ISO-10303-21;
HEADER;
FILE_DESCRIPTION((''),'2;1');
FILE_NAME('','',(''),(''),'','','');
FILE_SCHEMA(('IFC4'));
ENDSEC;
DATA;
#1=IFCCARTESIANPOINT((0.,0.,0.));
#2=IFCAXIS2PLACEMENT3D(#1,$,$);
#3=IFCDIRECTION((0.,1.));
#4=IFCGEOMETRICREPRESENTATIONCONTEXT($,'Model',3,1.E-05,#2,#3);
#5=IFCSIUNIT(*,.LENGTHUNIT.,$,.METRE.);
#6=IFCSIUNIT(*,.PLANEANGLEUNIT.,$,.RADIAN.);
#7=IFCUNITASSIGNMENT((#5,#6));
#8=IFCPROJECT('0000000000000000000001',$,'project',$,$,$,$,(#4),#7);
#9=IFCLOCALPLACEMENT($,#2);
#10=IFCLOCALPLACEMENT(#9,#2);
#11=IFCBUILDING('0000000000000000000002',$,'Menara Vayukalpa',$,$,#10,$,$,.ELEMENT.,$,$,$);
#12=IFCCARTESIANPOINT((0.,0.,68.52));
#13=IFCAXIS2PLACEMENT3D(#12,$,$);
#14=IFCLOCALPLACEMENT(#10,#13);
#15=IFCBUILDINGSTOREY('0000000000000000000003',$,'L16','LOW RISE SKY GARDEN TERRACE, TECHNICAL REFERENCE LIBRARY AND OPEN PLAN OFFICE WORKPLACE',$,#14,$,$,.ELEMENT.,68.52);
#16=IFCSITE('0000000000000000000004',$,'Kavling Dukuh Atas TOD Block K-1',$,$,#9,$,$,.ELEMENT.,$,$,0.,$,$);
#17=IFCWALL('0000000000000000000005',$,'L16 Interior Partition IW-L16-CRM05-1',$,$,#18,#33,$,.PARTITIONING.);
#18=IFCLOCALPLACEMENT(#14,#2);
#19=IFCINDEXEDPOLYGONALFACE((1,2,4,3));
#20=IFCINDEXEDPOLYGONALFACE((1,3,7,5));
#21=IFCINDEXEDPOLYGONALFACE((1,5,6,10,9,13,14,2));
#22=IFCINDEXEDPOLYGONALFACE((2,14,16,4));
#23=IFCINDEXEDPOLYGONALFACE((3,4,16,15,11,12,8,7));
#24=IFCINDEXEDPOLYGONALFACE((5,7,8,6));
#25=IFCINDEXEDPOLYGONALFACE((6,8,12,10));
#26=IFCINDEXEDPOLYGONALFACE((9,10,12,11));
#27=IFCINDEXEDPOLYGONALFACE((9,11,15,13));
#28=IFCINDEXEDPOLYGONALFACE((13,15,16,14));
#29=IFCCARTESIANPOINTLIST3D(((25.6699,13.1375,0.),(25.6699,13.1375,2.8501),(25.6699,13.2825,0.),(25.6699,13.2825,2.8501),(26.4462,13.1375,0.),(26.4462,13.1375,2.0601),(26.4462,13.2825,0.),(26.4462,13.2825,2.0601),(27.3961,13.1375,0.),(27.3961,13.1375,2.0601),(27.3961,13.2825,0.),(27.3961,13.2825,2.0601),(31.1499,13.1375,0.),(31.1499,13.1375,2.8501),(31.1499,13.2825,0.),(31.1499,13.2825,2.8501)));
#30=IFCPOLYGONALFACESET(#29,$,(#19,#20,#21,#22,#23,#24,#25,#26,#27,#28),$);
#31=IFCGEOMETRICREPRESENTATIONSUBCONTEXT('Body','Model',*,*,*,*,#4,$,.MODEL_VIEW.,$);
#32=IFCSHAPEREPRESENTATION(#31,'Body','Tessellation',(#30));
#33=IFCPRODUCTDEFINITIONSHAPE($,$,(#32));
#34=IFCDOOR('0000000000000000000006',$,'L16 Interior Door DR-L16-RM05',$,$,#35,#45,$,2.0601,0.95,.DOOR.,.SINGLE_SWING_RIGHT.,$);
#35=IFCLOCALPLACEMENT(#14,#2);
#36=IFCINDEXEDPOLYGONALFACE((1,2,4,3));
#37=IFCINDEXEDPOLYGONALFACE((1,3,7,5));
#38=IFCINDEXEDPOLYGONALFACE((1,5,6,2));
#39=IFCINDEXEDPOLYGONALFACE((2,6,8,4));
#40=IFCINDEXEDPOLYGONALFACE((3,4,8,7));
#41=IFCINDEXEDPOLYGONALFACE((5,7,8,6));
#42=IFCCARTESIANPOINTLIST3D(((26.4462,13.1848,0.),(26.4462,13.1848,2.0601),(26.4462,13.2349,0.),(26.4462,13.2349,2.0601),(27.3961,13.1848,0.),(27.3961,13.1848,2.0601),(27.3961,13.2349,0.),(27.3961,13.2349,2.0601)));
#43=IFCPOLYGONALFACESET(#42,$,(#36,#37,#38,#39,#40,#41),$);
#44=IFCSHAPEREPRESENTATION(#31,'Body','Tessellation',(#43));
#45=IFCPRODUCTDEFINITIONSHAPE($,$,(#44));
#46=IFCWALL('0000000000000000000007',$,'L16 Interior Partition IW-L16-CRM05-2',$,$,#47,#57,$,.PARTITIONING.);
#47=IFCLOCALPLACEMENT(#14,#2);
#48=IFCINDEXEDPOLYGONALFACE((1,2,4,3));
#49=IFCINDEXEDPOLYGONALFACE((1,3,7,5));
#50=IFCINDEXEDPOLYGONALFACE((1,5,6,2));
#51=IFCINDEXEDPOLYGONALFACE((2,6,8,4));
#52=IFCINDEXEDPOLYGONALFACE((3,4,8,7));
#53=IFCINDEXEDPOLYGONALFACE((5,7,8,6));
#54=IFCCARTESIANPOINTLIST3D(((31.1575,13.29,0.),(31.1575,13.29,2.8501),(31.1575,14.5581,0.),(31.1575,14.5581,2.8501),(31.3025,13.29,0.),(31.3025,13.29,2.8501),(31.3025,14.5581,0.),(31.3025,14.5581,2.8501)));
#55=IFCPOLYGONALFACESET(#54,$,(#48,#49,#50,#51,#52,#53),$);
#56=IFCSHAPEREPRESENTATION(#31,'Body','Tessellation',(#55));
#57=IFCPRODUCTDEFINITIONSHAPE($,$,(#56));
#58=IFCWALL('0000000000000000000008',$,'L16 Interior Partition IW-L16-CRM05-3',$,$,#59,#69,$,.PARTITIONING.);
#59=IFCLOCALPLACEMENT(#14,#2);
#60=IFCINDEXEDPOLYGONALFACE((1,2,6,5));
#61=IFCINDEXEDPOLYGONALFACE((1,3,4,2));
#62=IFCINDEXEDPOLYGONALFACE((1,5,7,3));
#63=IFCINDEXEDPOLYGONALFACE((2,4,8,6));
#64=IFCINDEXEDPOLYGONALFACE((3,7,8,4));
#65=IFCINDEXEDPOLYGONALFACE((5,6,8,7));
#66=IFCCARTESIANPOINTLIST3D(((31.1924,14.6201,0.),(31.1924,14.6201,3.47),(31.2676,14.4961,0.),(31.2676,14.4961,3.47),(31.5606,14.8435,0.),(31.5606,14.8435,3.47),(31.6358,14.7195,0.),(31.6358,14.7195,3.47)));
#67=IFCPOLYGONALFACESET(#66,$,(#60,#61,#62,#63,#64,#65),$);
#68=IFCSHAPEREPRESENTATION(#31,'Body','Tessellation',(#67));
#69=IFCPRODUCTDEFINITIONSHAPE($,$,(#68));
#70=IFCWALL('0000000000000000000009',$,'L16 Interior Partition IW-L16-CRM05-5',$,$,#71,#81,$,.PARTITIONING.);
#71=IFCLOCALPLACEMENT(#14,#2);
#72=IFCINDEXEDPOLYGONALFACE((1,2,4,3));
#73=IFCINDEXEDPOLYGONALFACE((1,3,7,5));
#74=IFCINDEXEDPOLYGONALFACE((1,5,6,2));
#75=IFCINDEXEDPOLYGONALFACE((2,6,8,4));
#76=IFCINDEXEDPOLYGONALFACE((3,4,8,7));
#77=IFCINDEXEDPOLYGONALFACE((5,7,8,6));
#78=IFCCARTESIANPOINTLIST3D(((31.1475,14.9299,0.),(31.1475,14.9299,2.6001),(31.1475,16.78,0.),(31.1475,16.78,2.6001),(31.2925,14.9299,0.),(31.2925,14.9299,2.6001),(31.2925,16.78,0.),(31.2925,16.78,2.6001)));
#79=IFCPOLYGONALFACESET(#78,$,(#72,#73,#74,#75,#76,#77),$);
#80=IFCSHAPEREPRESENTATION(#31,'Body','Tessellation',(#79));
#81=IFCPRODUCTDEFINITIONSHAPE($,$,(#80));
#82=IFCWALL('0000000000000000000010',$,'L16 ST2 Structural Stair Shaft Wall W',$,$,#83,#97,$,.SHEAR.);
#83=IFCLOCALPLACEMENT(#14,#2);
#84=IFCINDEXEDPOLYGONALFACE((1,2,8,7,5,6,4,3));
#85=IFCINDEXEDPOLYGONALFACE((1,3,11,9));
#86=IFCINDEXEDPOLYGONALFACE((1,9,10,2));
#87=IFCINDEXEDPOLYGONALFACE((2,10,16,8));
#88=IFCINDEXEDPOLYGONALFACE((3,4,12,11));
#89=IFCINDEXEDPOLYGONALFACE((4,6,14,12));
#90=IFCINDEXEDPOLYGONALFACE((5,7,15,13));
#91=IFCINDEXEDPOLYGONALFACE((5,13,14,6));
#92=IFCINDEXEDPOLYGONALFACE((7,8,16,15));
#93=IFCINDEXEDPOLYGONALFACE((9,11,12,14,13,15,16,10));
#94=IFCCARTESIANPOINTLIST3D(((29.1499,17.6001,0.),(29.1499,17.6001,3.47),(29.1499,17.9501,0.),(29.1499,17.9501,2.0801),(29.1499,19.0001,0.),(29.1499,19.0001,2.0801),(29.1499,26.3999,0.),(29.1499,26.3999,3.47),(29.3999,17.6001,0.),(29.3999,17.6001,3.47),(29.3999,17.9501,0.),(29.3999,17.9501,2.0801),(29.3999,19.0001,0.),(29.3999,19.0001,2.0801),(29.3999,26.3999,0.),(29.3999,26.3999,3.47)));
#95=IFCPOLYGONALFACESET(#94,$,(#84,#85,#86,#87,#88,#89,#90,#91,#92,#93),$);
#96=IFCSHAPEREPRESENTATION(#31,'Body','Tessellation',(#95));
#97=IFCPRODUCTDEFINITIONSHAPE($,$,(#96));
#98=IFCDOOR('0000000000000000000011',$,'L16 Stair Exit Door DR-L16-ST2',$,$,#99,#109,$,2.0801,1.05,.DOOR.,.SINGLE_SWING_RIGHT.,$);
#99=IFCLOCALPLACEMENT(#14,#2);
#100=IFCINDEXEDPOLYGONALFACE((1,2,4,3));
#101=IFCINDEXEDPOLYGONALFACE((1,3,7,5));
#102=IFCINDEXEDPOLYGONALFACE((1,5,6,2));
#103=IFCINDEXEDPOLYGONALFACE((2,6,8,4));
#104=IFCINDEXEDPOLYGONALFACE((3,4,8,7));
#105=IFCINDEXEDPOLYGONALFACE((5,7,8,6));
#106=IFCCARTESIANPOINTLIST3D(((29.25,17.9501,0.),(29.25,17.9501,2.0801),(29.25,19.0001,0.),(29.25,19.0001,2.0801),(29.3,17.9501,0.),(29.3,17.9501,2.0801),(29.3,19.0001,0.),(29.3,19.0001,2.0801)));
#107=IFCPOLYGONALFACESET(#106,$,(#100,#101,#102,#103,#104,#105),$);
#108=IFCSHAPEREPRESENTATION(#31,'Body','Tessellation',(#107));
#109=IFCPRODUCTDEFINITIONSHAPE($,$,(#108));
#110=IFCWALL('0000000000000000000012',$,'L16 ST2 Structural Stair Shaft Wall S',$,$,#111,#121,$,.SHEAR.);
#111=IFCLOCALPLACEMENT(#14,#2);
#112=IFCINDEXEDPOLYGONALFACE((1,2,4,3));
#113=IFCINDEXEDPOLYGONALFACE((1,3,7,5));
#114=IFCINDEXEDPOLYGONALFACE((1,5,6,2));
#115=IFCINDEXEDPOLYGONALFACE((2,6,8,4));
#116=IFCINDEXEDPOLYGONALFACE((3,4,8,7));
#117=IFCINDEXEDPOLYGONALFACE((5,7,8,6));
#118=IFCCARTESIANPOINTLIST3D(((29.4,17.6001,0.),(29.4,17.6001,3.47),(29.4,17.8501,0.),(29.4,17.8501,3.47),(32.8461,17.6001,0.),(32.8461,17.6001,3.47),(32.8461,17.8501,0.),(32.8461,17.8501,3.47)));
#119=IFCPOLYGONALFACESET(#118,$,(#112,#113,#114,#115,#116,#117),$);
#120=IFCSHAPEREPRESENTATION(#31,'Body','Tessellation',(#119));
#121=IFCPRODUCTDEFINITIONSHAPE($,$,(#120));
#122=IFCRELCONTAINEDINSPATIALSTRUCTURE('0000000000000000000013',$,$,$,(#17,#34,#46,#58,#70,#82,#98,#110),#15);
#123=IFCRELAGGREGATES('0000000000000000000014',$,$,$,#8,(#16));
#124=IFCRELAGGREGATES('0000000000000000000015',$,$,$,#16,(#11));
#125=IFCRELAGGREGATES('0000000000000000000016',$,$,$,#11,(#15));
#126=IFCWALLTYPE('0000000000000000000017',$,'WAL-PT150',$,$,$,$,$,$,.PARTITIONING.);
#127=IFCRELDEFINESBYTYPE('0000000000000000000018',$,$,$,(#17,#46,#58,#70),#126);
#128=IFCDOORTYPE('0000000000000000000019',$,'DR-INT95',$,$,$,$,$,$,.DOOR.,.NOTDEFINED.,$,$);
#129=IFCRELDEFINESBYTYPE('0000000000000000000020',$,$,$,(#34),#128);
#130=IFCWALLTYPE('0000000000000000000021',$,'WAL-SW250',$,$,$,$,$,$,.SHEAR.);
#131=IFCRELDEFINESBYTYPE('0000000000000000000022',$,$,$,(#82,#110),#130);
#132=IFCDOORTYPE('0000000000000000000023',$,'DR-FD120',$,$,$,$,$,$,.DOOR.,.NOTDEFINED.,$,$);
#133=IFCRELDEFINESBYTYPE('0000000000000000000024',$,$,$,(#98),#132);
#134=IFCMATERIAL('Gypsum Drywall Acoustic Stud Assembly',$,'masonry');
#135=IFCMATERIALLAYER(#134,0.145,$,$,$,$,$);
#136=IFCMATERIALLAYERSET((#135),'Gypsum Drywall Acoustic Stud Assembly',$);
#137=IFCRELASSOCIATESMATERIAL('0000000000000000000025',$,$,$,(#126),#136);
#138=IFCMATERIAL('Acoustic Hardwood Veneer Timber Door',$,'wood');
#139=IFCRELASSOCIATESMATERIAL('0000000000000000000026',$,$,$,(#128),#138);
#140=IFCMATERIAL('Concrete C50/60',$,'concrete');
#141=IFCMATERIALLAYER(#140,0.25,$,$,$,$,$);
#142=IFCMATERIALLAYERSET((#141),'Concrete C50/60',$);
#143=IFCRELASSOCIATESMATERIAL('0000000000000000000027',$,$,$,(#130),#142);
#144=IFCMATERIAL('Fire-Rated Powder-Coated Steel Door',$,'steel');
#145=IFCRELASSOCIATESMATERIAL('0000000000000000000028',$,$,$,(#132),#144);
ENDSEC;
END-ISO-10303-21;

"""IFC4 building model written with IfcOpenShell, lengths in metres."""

from ifc_helpers import new_model, si_unit, direction, frame, frame_2d, origin, place, context, subcontext, project, spatial, rectangle, extrude, material, layer, layer_set, type_object, element, fill, save


model = new_model("IFC4")

# Units and contexts
model_context = context("Model", 3, precision=1e-05, world=origin(), true_north=direction((0.0, 1.0)))
body_context = subcontext(model_context, "Body", "Model", "MODEL_VIEW")
ifc_project = project(units=[si_unit("LENGTHUNIT", "METRE"), si_unit("PLANEANGLEUNIT", "RADIAN")], contexts=[model_context])

# Site, building, storey
site_placement = place(None, origin())
site = spatial("IfcSite", under=ifc_project, at=site_placement, Name="Kavling Dukuh Atas TOD Block K-1", CompositionType="ELEMENT", RefElevation=0.0)
building_placement = place(site_placement, origin())
building = spatial("IfcBuilding", under=site, at=building_placement, Name="Menara Vayukalpa", CompositionType="ELEMENT")
storey_placement = place(building_placement, frame((0.0, 0.0, 68.52)))
storey = spatial("IfcBuildingStorey", under=building, at=storey_placement, Name="L16", Description="LOW RISE SKY GARDEN TERRACE, TECHNICAL REFERENCE LIBRARY AND OPEN PLAN OFFICE WORKPLACE", CompositionType="ELEMENT", Elevation=68.52)

# Shared definitions
ifc_material_1 = material(Name="Gypsum Drywall Acoustic Stud Assembly", Category="masonry")
ifc_layer_1 = layer(ifc_material_1, 0.145)
ifc_layer_set_1 = layer_set([ifc_layer_1], Name="Gypsum Drywall Acoustic Stud Assembly")
wall_type_1 = type_object("IfcWallType", Name="WAL-PT150", PredefinedType="PARTITIONING", material=ifc_layer_set_1)

# Wall, opening, door
wall_1_placement = place(storey_placement, frame((25.6699, 13.21, 0.0), z_axis=(0.0, 0.0, 1.0), x_axis=(1.0, 0.0, 0.0)))
wall_1 = element("IfcWall", 1, at=wall_1_placement, inside=storey, type_object=wall_type_1, Name="L16 Interior Partition IW-L16-CRM05-1", PredefinedType="PARTITIONING", context=body_context, shape_type="SweptSolid", body=[
    extrude(rectangle(XDim=5.48, YDim=0.145, at=frame_2d((2.74, 0.0))), origin(), (0.0, 0.0, 1.0), 2.8501),
])
opening_1_placement = place(wall_1_placement, frame((0.7761, 0.0, 0.0)))
opening_1 = element("IfcOpeningElement", 2, at=opening_1_placement, cuts=wall_1, PredefinedType="OPENING", context=body_context, shape_type="SweptSolid", body=[
    extrude(rectangle(XDim=0.95, YDim=2.0601, at=frame_2d((0.4751, 1.03))), frame((0.0, 0.0825, 0.0), z_axis=(0.0, -1.0, 0.0), x_axis=(1.0, 0.0, 0.0)), (0.0, 0.0, 1.0), 0.165),
])
ifc_material_2 = material(Name="Acoustic Hardwood Veneer Timber Door", Category="wood")
door_type_1 = type_object("IfcDoorType", Name="DR-INT95", OperationType="NOTDEFINED", PredefinedType="DOOR", material=ifc_material_2)
door_1_placement = place(opening_1_placement, origin())
door_1 = element("IfcDoor", 3, at=door_1_placement, inside=storey, type_object=door_type_1, Name="L16 Interior Door DR-L16-RM05", OperationType="SINGLE_SWING_RIGHT", OverallHeight=2.0601, OverallWidth=0.95, PredefinedType="DOOR", context=body_context, shape_type="SweptSolid", body=[
    extrude(rectangle(XDim=0.95, YDim=2.0601, at=frame_2d((0.4751, 1.03))), frame((0.0, 0.0249, 0.0), z_axis=(0.0, -1.0, 0.0), x_axis=(1.0, 0.0, 0.0)), (0.0, 0.0, 1.0), 0.05),
])
fill(opening_1, door_1)

# Walls
wall_2_placement = place(storey_placement, frame((31.23, 13.29, 0.0), z_axis=(0.0, 0.0, 1.0), x_axis=(0.0, 1.0, 0.0)))
element("IfcWall", 4, at=wall_2_placement, inside=storey, type_object=wall_type_1, Name="L16 Interior Partition IW-L16-CRM05-2", PredefinedType="PARTITIONING", context=body_context, shape_type="SweptSolid", body=[
    extrude(rectangle(XDim=1.2681, YDim=0.145, at=frame_2d((0.634, 0.0))), origin(), (0.0, 0.0, 1.0), 2.8501),
])
wall_3_placement = place(storey_placement, frame((31.23, 14.5581, 0.0), z_axis=(0.0, 0.0, 1.0), x_axis=(0.854931, 0.518741, 0.0)))
element("IfcWall", 5, at=wall_3_placement, inside=storey, type_object=wall_type_1, Name="L16 Interior Partition IW-L16-CRM05-3", PredefinedType="PARTITIONING", context=body_context, shape_type="SweptSolid", body=[
    extrude(rectangle(XDim=0.4307, YDim=0.145, at=frame_2d((0.2153, 0.0))), origin(), (0.0, 0.0, 1.0), 3.47),
])
wall_4_placement = place(storey_placement, frame((31.22, 14.9299, 0.0), z_axis=(0.0, 0.0, 1.0), x_axis=(0.0, 1.0, 0.0)))
element("IfcWall", 6, at=wall_4_placement, inside=storey, type_object=wall_type_1, Name="L16 Interior Partition IW-L16-CRM05-5", PredefinedType="PARTITIONING", context=body_context, shape_type="SweptSolid", body=[
    extrude(rectangle(XDim=1.8501, YDim=0.145, at=frame_2d((0.925, 0.0))), origin(), (0.0, 0.0, 1.0), 2.6001),
])

# Wall, opening, door
ifc_material_3 = material(Name="Concrete C50/60", Category="concrete")
ifc_layer_2 = layer(ifc_material_3, 0.25)
ifc_layer_set_2 = layer_set([ifc_layer_2], Name="Concrete C50/60")
wall_type_2 = type_object("IfcWallType", Name="WAL-SW250", PredefinedType="SHEAR", material=ifc_layer_set_2)
wall_5_placement = place(storey_placement, frame((29.2749, 17.6001, 0.0), z_axis=(0.0, 0.0, 1.0), x_axis=(0.0, 1.0, 0.0)))
wall_5 = element("IfcWall", 7, at=wall_5_placement, inside=storey, type_object=wall_type_2, Name="L16 ST2 Structural Stair Shaft Wall W", PredefinedType="SHEAR", context=body_context, shape_type="SweptSolid", body=[
    extrude(rectangle(XDim=8.7998, YDim=0.25, at=frame_2d((4.3999, 0.0))), origin(), (0.0, 0.0, 1.0), 3.47),
])
opening_2_placement = place(wall_5_placement, frame((0.3501, 0.0, 0.0)))
opening_2 = element("IfcOpeningElement", 8, at=opening_2_placement, cuts=wall_5, PredefinedType="OPENING", context=body_context, shape_type="SweptSolid", body=[
    extrude(rectangle(XDim=1.05, YDim=2.0801, at=frame_2d((0.5249, 1.04))), frame((0.0, 0.135, 0.0), z_axis=(0.0, -1.0, 0.0), x_axis=(1.0, 0.0, 0.0)), (0.0, 0.0, 1.0), 0.27),
])
ifc_material_4 = material(Name="Fire-Rated Powder-Coated Steel Door", Category="steel")
door_type_2 = type_object("IfcDoorType", Name="DR-FD120", OperationType="NOTDEFINED", PredefinedType="DOOR", material=ifc_material_4)
door_2_placement = place(opening_2_placement, origin())
door_2 = element("IfcDoor", 9, at=door_2_placement, inside=storey, type_object=door_type_2, Name="L16 Stair Exit Door DR-L16-ST2", OperationType="SINGLE_SWING_RIGHT", OverallHeight=2.0801, OverallWidth=1.05, PredefinedType="DOOR", context=body_context, shape_type="SweptSolid", body=[
    extrude(rectangle(XDim=1.05, YDim=2.0801, at=frame_2d((0.5249, 1.04))), frame((0.0, 0.0249, 0.0), z_axis=(0.0, -1.0, 0.0), x_axis=(1.0, 0.0, 0.0)), (0.0, 0.0, 1.0), 0.05),
])
fill(opening_2, door_2)

# Wall
wall_6_placement = place(storey_placement, frame((29.3999, 17.7251, 0.0), z_axis=(0.0, 0.0, 1.0), x_axis=(1.0, 0.0, 0.0)))
element("IfcWall", 10, at=wall_6_placement, inside=storey, type_object=wall_type_2, Name="L16 ST2 Structural Stair Shaft Wall S", PredefinedType="SHEAR", context=body_context, shape_type="SweptSolid", body=[
    extrude(rectangle(XDim=3.446, YDim=0.25, at=frame_2d((1.7231, 0.0))), origin(), (0.0, 0.0, 1.0), 3.47),
])

save(model, "model.ifc")
